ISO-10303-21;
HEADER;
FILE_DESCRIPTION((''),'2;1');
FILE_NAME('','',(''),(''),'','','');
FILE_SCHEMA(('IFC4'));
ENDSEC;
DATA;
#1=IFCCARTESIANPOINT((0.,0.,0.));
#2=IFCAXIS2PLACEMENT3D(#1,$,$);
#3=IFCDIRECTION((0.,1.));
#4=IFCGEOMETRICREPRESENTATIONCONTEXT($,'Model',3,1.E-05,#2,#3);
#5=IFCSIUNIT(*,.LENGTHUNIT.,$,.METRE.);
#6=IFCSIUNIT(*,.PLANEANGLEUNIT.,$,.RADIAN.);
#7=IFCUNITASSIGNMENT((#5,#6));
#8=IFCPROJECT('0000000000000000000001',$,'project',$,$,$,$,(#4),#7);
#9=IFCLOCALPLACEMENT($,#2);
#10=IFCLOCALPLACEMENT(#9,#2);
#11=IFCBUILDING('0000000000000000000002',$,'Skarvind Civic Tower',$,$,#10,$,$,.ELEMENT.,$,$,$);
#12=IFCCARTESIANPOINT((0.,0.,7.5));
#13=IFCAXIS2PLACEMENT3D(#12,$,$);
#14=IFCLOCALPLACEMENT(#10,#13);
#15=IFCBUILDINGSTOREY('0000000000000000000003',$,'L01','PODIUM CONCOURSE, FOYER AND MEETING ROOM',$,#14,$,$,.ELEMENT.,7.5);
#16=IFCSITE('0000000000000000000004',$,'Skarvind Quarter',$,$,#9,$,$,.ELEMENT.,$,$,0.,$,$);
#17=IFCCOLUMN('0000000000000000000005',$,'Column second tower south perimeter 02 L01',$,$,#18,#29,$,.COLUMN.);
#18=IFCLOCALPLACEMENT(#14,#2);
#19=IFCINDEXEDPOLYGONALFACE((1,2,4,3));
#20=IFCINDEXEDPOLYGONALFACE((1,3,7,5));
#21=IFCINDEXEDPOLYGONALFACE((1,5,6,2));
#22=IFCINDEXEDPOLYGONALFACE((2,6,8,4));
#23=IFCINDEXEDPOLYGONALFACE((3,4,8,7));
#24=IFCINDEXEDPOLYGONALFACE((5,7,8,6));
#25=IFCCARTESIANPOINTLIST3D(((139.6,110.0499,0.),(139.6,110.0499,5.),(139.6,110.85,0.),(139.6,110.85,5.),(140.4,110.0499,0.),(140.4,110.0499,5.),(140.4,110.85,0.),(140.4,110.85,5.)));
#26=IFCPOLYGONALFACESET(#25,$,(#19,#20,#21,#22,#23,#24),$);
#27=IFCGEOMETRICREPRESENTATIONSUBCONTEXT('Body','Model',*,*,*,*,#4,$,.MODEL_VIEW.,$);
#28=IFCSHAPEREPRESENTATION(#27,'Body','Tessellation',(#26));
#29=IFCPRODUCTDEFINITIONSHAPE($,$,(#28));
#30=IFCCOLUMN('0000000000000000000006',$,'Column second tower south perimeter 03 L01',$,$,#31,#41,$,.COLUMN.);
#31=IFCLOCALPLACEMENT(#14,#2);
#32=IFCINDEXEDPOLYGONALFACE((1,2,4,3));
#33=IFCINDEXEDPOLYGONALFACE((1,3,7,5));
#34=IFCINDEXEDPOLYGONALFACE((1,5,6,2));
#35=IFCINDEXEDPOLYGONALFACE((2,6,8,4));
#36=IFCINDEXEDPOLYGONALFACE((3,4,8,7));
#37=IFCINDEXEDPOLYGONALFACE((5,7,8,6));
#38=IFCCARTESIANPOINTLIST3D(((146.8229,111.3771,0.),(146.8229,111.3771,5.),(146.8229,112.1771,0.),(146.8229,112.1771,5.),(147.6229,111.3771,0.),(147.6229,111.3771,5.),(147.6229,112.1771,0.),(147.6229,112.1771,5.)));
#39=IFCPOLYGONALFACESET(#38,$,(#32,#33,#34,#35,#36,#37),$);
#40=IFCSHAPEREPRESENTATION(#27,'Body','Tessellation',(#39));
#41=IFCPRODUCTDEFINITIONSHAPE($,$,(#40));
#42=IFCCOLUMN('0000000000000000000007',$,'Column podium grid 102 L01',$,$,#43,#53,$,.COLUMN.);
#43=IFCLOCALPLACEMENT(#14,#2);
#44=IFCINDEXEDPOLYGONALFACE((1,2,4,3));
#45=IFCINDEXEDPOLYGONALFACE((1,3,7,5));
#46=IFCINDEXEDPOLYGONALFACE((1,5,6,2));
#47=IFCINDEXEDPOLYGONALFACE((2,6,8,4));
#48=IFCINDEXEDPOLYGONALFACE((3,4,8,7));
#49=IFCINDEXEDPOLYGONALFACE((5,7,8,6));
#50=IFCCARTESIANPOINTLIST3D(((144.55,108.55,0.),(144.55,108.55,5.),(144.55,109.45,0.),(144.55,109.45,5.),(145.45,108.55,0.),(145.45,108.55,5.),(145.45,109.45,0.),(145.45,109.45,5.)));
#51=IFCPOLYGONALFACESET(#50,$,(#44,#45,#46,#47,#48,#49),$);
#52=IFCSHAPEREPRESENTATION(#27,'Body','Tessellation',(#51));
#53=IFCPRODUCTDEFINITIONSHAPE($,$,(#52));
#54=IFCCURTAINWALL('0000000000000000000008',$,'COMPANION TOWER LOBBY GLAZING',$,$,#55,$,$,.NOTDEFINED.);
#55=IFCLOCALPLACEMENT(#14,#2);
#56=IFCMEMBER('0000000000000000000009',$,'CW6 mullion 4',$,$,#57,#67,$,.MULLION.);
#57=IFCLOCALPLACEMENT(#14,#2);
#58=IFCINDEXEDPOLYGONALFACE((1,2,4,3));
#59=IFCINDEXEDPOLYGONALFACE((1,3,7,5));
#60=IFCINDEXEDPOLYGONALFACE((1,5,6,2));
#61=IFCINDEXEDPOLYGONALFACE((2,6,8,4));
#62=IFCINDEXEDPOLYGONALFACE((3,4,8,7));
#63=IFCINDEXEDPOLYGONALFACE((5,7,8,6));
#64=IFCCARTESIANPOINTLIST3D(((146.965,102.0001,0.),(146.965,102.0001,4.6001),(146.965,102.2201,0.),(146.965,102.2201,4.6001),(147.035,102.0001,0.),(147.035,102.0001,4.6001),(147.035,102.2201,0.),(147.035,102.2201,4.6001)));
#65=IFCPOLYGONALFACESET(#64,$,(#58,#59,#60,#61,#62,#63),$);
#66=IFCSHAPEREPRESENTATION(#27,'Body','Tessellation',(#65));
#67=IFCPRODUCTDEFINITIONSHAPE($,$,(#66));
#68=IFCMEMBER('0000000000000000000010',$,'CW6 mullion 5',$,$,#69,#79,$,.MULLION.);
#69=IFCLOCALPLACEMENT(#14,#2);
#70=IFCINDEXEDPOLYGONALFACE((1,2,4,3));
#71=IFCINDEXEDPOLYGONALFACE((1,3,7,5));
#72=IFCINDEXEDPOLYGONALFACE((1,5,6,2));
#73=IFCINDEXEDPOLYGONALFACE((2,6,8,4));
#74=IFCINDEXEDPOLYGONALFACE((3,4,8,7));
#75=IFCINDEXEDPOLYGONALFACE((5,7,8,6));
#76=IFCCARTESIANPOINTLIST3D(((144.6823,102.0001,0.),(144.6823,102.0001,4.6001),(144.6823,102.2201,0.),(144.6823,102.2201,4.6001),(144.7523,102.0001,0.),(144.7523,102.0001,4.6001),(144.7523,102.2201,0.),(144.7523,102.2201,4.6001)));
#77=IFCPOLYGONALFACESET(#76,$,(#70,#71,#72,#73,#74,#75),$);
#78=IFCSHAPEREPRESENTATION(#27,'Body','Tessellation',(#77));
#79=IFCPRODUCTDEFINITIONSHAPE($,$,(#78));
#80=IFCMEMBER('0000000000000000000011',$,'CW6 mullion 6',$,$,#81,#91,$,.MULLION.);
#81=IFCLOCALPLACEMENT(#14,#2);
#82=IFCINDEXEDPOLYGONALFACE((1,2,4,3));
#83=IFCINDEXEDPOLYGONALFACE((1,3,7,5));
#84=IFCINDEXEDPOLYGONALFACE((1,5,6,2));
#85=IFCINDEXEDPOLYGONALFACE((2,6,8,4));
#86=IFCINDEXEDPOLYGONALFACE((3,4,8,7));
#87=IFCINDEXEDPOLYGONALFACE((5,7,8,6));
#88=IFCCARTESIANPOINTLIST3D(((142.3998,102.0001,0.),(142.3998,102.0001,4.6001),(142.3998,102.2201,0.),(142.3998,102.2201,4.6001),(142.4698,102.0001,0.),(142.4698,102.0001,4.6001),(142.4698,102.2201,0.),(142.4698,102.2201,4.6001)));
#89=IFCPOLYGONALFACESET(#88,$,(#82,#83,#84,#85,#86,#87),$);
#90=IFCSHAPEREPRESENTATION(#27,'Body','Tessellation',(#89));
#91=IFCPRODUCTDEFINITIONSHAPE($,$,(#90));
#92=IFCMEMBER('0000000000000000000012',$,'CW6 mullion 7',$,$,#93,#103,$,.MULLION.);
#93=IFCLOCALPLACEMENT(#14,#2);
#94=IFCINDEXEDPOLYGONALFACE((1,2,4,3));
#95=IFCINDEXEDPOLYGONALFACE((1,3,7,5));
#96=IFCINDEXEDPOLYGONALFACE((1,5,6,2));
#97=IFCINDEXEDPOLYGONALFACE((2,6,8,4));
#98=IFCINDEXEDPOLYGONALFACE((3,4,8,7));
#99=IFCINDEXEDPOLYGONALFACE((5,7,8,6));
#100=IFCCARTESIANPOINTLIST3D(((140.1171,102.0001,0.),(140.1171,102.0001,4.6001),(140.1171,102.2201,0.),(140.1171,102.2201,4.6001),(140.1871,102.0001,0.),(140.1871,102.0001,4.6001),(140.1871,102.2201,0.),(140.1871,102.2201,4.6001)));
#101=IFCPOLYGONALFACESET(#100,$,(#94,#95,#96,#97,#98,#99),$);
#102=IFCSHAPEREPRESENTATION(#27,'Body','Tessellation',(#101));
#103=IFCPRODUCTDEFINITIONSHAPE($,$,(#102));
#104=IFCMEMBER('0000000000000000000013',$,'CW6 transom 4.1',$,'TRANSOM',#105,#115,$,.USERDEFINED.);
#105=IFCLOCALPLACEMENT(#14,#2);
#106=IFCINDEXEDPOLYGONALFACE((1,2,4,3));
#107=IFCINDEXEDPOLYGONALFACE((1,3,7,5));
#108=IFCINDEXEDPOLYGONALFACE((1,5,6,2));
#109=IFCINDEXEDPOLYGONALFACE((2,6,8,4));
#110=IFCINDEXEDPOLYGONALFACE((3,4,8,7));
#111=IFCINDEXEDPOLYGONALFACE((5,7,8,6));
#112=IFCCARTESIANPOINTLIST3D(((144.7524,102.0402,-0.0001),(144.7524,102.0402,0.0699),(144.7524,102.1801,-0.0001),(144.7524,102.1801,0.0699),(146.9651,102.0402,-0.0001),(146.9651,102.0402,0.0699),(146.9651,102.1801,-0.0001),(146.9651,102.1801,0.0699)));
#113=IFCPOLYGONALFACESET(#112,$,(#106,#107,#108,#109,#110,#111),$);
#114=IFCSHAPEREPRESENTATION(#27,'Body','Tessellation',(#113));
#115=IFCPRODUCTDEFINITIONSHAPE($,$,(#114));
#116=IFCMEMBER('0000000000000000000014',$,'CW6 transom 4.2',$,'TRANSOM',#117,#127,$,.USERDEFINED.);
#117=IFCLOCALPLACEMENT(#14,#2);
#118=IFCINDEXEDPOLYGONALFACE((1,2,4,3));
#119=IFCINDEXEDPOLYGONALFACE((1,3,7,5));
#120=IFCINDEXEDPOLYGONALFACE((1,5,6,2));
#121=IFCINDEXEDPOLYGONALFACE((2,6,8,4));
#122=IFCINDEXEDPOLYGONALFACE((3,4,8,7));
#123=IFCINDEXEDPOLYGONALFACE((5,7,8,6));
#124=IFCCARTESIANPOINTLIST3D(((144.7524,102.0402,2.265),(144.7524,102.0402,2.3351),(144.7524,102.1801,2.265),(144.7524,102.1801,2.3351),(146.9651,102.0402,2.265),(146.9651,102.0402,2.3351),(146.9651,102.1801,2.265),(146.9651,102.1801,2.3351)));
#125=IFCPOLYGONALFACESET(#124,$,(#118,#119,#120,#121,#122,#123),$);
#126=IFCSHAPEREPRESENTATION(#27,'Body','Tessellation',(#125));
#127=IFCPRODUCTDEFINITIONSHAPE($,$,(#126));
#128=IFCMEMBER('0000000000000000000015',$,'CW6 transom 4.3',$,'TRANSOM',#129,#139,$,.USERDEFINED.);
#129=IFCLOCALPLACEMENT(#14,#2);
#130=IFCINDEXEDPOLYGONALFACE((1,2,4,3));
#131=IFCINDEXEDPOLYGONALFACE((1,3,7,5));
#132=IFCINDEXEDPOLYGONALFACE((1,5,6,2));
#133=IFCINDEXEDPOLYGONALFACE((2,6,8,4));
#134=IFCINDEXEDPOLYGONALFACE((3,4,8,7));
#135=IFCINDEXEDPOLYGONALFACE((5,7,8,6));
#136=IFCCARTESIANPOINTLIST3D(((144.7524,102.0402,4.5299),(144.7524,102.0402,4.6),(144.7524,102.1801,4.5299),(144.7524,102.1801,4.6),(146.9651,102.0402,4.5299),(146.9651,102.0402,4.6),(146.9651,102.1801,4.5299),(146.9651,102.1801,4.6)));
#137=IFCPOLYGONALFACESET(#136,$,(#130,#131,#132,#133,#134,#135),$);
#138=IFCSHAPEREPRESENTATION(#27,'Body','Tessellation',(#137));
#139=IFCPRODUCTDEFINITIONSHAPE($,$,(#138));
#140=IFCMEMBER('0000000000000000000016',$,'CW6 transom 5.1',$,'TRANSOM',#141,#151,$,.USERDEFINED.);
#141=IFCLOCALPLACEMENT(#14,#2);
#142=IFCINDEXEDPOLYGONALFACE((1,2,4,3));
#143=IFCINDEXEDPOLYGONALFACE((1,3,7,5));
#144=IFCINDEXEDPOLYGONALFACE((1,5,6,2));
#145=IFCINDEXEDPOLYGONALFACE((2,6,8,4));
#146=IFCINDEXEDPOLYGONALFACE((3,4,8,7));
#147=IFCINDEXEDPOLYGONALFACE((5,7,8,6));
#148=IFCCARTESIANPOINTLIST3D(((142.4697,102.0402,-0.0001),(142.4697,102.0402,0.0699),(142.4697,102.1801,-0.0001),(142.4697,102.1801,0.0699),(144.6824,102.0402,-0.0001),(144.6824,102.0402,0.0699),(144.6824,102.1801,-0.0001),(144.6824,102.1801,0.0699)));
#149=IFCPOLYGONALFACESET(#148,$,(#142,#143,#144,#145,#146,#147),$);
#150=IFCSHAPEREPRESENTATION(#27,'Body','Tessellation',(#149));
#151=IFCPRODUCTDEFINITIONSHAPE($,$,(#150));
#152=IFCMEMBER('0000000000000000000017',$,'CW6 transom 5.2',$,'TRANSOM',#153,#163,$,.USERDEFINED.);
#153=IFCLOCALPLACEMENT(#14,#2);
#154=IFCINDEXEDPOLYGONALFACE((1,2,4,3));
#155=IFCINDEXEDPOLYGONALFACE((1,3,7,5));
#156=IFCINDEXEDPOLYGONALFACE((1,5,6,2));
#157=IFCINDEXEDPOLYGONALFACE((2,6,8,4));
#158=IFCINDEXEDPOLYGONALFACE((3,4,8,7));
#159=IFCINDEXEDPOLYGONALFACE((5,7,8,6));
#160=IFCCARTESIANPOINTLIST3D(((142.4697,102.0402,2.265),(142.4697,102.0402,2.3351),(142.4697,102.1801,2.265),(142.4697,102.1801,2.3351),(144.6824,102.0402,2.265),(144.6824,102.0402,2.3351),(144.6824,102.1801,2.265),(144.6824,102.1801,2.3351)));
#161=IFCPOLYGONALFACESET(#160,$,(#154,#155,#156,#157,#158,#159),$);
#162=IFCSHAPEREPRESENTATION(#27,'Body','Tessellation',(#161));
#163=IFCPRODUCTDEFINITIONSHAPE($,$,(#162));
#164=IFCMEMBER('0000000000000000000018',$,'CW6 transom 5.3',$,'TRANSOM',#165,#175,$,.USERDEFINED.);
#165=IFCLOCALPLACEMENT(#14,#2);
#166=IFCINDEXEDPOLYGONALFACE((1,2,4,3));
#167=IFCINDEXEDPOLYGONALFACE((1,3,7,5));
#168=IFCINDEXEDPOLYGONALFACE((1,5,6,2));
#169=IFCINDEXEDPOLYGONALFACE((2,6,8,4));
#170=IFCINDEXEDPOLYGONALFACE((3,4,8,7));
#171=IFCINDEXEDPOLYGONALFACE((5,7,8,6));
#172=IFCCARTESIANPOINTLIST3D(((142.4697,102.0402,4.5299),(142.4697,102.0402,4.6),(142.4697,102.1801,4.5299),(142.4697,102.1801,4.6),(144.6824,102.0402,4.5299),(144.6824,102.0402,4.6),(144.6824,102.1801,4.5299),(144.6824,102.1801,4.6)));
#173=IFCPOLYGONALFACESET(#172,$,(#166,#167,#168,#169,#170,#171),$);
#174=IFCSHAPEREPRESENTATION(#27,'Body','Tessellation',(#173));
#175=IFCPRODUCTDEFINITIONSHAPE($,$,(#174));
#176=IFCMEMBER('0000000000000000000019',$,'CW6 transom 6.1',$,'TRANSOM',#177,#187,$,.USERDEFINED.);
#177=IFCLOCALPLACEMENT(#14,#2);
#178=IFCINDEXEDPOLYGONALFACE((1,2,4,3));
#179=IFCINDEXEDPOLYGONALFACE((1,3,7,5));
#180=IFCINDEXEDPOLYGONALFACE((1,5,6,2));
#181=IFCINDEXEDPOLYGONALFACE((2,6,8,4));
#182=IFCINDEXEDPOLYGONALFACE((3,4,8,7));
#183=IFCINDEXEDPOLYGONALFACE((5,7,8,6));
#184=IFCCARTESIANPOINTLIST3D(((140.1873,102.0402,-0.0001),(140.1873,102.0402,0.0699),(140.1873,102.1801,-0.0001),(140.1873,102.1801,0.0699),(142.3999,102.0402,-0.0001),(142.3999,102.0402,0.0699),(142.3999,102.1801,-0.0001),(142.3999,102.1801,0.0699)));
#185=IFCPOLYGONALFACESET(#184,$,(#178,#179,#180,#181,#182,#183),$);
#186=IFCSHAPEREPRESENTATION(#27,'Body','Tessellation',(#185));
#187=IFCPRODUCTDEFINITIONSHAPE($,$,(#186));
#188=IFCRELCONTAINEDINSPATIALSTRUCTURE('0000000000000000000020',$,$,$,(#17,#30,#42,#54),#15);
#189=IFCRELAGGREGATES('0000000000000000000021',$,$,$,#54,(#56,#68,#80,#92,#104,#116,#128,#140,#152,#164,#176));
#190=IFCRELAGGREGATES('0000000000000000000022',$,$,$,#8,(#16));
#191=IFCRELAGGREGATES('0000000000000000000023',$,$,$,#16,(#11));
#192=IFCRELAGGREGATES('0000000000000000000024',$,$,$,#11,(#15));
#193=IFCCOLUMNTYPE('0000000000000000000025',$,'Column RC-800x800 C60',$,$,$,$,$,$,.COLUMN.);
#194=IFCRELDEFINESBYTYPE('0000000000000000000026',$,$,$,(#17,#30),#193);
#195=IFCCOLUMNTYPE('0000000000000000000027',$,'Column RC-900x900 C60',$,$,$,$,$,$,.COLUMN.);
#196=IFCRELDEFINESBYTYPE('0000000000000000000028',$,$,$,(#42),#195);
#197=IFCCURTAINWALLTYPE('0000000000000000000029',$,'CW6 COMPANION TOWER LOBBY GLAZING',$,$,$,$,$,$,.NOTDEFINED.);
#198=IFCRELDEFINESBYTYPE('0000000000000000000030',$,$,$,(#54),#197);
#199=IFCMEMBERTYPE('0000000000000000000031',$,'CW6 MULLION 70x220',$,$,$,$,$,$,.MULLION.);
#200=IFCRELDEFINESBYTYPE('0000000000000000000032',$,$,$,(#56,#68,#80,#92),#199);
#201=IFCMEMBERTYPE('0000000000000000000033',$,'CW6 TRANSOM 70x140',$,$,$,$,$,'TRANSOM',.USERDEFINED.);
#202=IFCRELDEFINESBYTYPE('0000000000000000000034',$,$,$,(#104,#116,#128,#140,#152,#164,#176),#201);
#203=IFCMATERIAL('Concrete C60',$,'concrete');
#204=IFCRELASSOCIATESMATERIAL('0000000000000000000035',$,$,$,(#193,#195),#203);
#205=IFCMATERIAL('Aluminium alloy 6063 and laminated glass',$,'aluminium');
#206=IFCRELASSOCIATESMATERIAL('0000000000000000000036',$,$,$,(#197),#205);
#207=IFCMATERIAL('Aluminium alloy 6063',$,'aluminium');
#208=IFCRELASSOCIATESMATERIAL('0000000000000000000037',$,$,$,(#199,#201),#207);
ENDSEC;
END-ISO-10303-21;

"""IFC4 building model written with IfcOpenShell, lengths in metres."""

from ifc_helpers import new_model, si_unit, direction, frame, origin, origin_2d, place, context, subcontext, project, spatial, rectangle, extrude, material, material_profile, profile_set, type_object, element, aggregate, save


model = new_model("IFC4")

# Units and contexts
model_context = context("Model", 3, precision=1e-05, world=origin(), true_north=direction((0.0, 1.0)))
body_context = subcontext(model_context, "Body", "Model", "MODEL_VIEW")
ifc_project = project(units=[si_unit("LENGTHUNIT", "METRE"), si_unit("PLANEANGLEUNIT", "RADIAN")], contexts=[model_context])

# Site, building, storey
site_placement = place(None, origin())
site = spatial("IfcSite", under=ifc_project, at=site_placement, Name="Skarvind Quarter", CompositionType="ELEMENT", RefElevation=0.0)
building_placement = place(site_placement, origin())
building = spatial("IfcBuilding", under=site, at=building_placement, Name="Skarvind Civic Tower", CompositionType="ELEMENT")
storey_placement = place(building_placement, frame((0.0, 0.0, 7.5)))
storey = spatial("IfcBuildingStorey", under=building, at=storey_placement, Name="L01", Description="PODIUM CONCOURSE, FOYER AND MEETING ROOM", CompositionType="ELEMENT", Elevation=7.5)

# Columns
ifc_material_1 = material(Name="Concrete C60", Category="concrete")
ifc_material_profile_1 = material_profile(ifc_material_1, rectangle(XDim=0.8, YDim=0.8, at=origin_2d()), Name="RC-800x800")
ifc_profile_set_1 = profile_set([ifc_material_profile_1], Name="Concrete C60")
column_type_1 = type_object("IfcColumnType", Name="Column RC-800x800 C60", PredefinedType="COLUMN", material=ifc_profile_set_1)
for number, where, z_axis, x_axis, name in (
    (1, (140.0, 110.45, 0.0), (0.0, 0.0, 1.0), (1.0, 0.0, 0.0), "Column second tower south perimeter 02 L01"),
    (2, (147.2229, 111.7771, 0.0), (0.0, 0.0, 1.0), (1.0, 0.0, 0.0), "Column second tower south perimeter 03 L01"),
):
    element("IfcColumn", number, at=place(storey_placement, frame(where, z_axis=z_axis, x_axis=x_axis)), inside=storey, type_object=column_type_1, Name=name, PredefinedType="COLUMN", context=body_context, shape_type="SweptSolid", body=[
        extrude(rectangle(XDim=0.8, YDim=0.8, at=origin_2d()), origin(), (0.0, 0.0, 1.0), 5.0),
    ])
ifc_material_profile_2 = material_profile(ifc_material_1, rectangle(XDim=0.8999, YDim=0.8999, at=origin_2d()), Name="RC-900x900")
ifc_profile_set_2 = profile_set([ifc_material_profile_2], Name="Concrete C60")
column_type_2 = type_object("IfcColumnType", Name="Column RC-900x900 C60", PredefinedType="COLUMN", material=ifc_profile_set_2)
column_placement = place(storey_placement, frame((145.0, 109.0, 0.0), z_axis=(0.0, 0.0, 1.0), x_axis=(1.0, 0.0, 0.0)))
element("IfcColumn", 3, at=column_placement, inside=storey, type_object=column_type_2, Name="Column podium grid 102 L01", PredefinedType="COLUMN", context=body_context, shape_type="SweptSolid", body=[
    extrude(rectangle(XDim=0.8999, YDim=0.8999, at=origin_2d()), origin(), (0.0, 0.0, 1.0), 5.0),
])

# Curtain wall, members
ifc_material_2 = material(Name="Aluminium alloy 6063 and laminated glass", Category="aluminium")
curtain_wall_type = type_object("IfcCurtainWallType", Name="CW6 COMPANION TOWER LOBBY GLAZING", PredefinedType="NOTDEFINED", material=ifc_material_2)
curtain_wall_placement = place(storey_placement, origin())
curtain_wall = element("IfcCurtainWall", 4, at=curtain_wall_placement, inside=storey, type_object=curtain_wall_type, Name="COMPANION TOWER LOBBY GLAZING", PredefinedType="NOTDEFINED")
ifc_material_3 = material(Name="Aluminium alloy 6063", Category="aluminium")
ifc_material_profile_3 = material_profile(ifc_material_3, rectangle(XDim=0.22, YDim=0.0701, at=origin_2d()), Name="AL 70x220")
ifc_profile_set_3 = profile_set([ifc_material_profile_3], Name="Aluminium alloy 6063")
member_type_1 = type_object("IfcMemberType", Name="CW6 MULLION 70x220", PredefinedType="MULLION", material=ifc_profile_set_3)
member_1_placement = place(storey_placement, frame((147.0, 102.1101, 0.0), z_axis=(0.0, 0.0, 1.0), x_axis=(0.0, -1.0, 0.0)))
member_1 = element("IfcMember", 5, at=member_1_placement, type_object=member_type_1, Name="CW6 mullion 4", PredefinedType="MULLION", context=body_context, shape_type="SweptSolid", body=[
    extrude(rectangle(XDim=0.22, YDim=0.0701, at=origin_2d()), origin(), (0.0, 0.0, 1.0), 4.6001),
])
member_2_placement = place(storey_placement, frame((144.7173, 102.1101, 0.0), z_axis=(0.0, 0.0, 1.0), x_axis=(0.0, -1.0, 0.0)))
member_2 = element("IfcMember", 6, at=member_2_placement, type_object=member_type_1, Name="CW6 mullion 5", PredefinedType="MULLION", context=body_context, shape_type="SweptSolid", body=[
    extrude(rectangle(XDim=0.22, YDim=0.0701, at=origin_2d()), origin(), (0.0, 0.0, 1.0), 4.6001),
])
member_3_placement = place(storey_placement, frame((142.4348, 102.1101, 0.0), z_axis=(0.0, 0.0, 1.0), x_axis=(0.0, -1.0, 0.0)))
member_3 = element("IfcMember", 7, at=member_3_placement, type_object=member_type_1, Name="CW6 mullion 6", PredefinedType="MULLION", context=body_context, shape_type="SweptSolid", body=[
    extrude(rectangle(XDim=0.22, YDim=0.0701, at=origin_2d()), origin(), (0.0, 0.0, 1.0), 4.6001),
])
member_4_placement = place(storey_placement, frame((140.1521, 102.1101, 0.0), z_axis=(0.0, 0.0, 1.0), x_axis=(0.0, -1.0, 0.0)))
member_4 = element("IfcMember", 8, at=member_4_placement, type_object=member_type_1, Name="CW6 mullion 7", PredefinedType="MULLION", context=body_context, shape_type="SweptSolid", body=[
    extrude(rectangle(XDim=0.22, YDim=0.0701, at=origin_2d()), origin(), (0.0, 0.0, 1.0), 4.6001),
])
ifc_material_profile_4 = material_profile(ifc_material_3, rectangle(XDim=0.1399, YDim=0.0701, at=origin_2d()), Name="AL 70x140")
ifc_profile_set_4 = profile_set([ifc_material_profile_4], Name="Aluminium alloy 6063")
member_type_2 = type_object("IfcMemberType", Name="CW6 TRANSOM 70x140", ElementType="TRANSOM", PredefinedType="USERDEFINED", material=ifc_profile_set_4)
member_5_placement = place(storey_placement, frame((146.9651, 102.1101, 0.0349), z_axis=(-1.0, 0.0, 0.0), x_axis=(0.0, -1.0, 0.0)))
member_5 = element("IfcMember", 9, at=member_5_placement, type_object=member_type_2, Name="CW6 transom 4.1", ObjectType="TRANSOM", PredefinedType="USERDEFINED", context=body_context, shape_type="SweptSolid", body=[
    extrude(rectangle(XDim=0.1399, YDim=0.0701, at=origin_2d()), origin(), (0.0, 0.0, 1.0), 2.2126),
])
member_6_placement = place(storey_placement, frame((146.9651, 102.1101, 2.3), z_axis=(-1.0, 0.0, 0.0), x_axis=(0.0, -1.0, 0.0)))
member_6 = element("IfcMember", 10, at=member_6_placement, type_object=member_type_2, Name="CW6 transom 4.2", ObjectType="TRANSOM", PredefinedType="USERDEFINED", context=body_context, shape_type="SweptSolid", body=[
    extrude(rectangle(XDim=0.1399, YDim=0.0701, at=origin_2d()), origin(), (0.0, 0.0, 1.0), 2.2126),
])
member_7_placement = place(storey_placement, frame((146.9651, 102.1101, 4.5649), z_axis=(-1.0, 0.0, 0.0), x_axis=(0.0, -1.0, 0.0)))
member_7 = element("IfcMember", 11, at=member_7_placement, type_object=member_type_2, Name="CW6 transom 4.3", ObjectType="TRANSOM", PredefinedType="USERDEFINED", context=body_context, shape_type="SweptSolid", body=[
    extrude(rectangle(XDim=0.1399, YDim=0.0701, at=origin_2d()), origin(), (0.0, 0.0, 1.0), 2.2126),
])
member_8_placement = place(storey_placement, frame((144.6824, 102.1101, 0.0349), z_axis=(-1.0, 0.0, 0.0), x_axis=(0.0, -1.0, 0.0)))
member_8 = element("IfcMember", 12, at=member_8_placement, type_object=member_type_2, Name="CW6 transom 5.1", ObjectType="TRANSOM", PredefinedType="USERDEFINED", context=body_context, shape_type="SweptSolid", body=[
    extrude(rectangle(XDim=0.1399, YDim=0.0701, at=origin_2d()), origin(), (0.0, 0.0, 1.0), 2.2126),
])
member_9_placement = place(storey_placement, frame((144.6824, 102.1101, 2.3), z_axis=(-1.0, 0.0, 0.0), x_axis=(0.0, -1.0, 0.0)))
member_9 = element("IfcMember", 13, at=member_9_placement, type_object=member_type_2, Name="CW6 transom 5.2", ObjectType="TRANSOM", PredefinedType="USERDEFINED", context=body_context, shape_type="SweptSolid", body=[
    extrude(rectangle(XDim=0.1399, YDim=0.0701, at=origin_2d()), origin(), (0.0, 0.0, 1.0), 2.2126),
])
member_10_placement = place(storey_placement, frame((144.6824, 102.1101, 4.5649), z_axis=(-1.0, 0.0, 0.0), x_axis=(0.0, -1.0, 0.0)))
member_10 = element("IfcMember", 14, at=member_10_placement, type_object=member_type_2, Name="CW6 transom 5.3", ObjectType="TRANSOM", PredefinedType="USERDEFINED", context=body_context, shape_type="SweptSolid", body=[
    extrude(rectangle(XDim=0.1399, YDim=0.0701, at=origin_2d()), origin(), (0.0, 0.0, 1.0), 2.2126),
])
member_11_placement = place(storey_placement, frame((142.3999, 102.1101, 0.0349), z_axis=(-1.0, 0.0, 0.0), x_axis=(0.0, -1.0, 0.0)))
member_11 = element("IfcMember", 15, at=member_11_placement, type_object=member_type_2, Name="CW6 transom 6.1", ObjectType="TRANSOM", PredefinedType="USERDEFINED", context=body_context, shape_type="SweptSolid", body=[
    extrude(rectangle(XDim=0.1399, YDim=0.0701, at=origin_2d()), origin(), (0.0, 0.0, 1.0), 2.2126),
])
aggregate(curtain_wall, [member_1, member_2, member_3, member_4, member_5, member_6, member_7, member_8, member_9, member_10, member_11])

save(model, "model.ifc")
